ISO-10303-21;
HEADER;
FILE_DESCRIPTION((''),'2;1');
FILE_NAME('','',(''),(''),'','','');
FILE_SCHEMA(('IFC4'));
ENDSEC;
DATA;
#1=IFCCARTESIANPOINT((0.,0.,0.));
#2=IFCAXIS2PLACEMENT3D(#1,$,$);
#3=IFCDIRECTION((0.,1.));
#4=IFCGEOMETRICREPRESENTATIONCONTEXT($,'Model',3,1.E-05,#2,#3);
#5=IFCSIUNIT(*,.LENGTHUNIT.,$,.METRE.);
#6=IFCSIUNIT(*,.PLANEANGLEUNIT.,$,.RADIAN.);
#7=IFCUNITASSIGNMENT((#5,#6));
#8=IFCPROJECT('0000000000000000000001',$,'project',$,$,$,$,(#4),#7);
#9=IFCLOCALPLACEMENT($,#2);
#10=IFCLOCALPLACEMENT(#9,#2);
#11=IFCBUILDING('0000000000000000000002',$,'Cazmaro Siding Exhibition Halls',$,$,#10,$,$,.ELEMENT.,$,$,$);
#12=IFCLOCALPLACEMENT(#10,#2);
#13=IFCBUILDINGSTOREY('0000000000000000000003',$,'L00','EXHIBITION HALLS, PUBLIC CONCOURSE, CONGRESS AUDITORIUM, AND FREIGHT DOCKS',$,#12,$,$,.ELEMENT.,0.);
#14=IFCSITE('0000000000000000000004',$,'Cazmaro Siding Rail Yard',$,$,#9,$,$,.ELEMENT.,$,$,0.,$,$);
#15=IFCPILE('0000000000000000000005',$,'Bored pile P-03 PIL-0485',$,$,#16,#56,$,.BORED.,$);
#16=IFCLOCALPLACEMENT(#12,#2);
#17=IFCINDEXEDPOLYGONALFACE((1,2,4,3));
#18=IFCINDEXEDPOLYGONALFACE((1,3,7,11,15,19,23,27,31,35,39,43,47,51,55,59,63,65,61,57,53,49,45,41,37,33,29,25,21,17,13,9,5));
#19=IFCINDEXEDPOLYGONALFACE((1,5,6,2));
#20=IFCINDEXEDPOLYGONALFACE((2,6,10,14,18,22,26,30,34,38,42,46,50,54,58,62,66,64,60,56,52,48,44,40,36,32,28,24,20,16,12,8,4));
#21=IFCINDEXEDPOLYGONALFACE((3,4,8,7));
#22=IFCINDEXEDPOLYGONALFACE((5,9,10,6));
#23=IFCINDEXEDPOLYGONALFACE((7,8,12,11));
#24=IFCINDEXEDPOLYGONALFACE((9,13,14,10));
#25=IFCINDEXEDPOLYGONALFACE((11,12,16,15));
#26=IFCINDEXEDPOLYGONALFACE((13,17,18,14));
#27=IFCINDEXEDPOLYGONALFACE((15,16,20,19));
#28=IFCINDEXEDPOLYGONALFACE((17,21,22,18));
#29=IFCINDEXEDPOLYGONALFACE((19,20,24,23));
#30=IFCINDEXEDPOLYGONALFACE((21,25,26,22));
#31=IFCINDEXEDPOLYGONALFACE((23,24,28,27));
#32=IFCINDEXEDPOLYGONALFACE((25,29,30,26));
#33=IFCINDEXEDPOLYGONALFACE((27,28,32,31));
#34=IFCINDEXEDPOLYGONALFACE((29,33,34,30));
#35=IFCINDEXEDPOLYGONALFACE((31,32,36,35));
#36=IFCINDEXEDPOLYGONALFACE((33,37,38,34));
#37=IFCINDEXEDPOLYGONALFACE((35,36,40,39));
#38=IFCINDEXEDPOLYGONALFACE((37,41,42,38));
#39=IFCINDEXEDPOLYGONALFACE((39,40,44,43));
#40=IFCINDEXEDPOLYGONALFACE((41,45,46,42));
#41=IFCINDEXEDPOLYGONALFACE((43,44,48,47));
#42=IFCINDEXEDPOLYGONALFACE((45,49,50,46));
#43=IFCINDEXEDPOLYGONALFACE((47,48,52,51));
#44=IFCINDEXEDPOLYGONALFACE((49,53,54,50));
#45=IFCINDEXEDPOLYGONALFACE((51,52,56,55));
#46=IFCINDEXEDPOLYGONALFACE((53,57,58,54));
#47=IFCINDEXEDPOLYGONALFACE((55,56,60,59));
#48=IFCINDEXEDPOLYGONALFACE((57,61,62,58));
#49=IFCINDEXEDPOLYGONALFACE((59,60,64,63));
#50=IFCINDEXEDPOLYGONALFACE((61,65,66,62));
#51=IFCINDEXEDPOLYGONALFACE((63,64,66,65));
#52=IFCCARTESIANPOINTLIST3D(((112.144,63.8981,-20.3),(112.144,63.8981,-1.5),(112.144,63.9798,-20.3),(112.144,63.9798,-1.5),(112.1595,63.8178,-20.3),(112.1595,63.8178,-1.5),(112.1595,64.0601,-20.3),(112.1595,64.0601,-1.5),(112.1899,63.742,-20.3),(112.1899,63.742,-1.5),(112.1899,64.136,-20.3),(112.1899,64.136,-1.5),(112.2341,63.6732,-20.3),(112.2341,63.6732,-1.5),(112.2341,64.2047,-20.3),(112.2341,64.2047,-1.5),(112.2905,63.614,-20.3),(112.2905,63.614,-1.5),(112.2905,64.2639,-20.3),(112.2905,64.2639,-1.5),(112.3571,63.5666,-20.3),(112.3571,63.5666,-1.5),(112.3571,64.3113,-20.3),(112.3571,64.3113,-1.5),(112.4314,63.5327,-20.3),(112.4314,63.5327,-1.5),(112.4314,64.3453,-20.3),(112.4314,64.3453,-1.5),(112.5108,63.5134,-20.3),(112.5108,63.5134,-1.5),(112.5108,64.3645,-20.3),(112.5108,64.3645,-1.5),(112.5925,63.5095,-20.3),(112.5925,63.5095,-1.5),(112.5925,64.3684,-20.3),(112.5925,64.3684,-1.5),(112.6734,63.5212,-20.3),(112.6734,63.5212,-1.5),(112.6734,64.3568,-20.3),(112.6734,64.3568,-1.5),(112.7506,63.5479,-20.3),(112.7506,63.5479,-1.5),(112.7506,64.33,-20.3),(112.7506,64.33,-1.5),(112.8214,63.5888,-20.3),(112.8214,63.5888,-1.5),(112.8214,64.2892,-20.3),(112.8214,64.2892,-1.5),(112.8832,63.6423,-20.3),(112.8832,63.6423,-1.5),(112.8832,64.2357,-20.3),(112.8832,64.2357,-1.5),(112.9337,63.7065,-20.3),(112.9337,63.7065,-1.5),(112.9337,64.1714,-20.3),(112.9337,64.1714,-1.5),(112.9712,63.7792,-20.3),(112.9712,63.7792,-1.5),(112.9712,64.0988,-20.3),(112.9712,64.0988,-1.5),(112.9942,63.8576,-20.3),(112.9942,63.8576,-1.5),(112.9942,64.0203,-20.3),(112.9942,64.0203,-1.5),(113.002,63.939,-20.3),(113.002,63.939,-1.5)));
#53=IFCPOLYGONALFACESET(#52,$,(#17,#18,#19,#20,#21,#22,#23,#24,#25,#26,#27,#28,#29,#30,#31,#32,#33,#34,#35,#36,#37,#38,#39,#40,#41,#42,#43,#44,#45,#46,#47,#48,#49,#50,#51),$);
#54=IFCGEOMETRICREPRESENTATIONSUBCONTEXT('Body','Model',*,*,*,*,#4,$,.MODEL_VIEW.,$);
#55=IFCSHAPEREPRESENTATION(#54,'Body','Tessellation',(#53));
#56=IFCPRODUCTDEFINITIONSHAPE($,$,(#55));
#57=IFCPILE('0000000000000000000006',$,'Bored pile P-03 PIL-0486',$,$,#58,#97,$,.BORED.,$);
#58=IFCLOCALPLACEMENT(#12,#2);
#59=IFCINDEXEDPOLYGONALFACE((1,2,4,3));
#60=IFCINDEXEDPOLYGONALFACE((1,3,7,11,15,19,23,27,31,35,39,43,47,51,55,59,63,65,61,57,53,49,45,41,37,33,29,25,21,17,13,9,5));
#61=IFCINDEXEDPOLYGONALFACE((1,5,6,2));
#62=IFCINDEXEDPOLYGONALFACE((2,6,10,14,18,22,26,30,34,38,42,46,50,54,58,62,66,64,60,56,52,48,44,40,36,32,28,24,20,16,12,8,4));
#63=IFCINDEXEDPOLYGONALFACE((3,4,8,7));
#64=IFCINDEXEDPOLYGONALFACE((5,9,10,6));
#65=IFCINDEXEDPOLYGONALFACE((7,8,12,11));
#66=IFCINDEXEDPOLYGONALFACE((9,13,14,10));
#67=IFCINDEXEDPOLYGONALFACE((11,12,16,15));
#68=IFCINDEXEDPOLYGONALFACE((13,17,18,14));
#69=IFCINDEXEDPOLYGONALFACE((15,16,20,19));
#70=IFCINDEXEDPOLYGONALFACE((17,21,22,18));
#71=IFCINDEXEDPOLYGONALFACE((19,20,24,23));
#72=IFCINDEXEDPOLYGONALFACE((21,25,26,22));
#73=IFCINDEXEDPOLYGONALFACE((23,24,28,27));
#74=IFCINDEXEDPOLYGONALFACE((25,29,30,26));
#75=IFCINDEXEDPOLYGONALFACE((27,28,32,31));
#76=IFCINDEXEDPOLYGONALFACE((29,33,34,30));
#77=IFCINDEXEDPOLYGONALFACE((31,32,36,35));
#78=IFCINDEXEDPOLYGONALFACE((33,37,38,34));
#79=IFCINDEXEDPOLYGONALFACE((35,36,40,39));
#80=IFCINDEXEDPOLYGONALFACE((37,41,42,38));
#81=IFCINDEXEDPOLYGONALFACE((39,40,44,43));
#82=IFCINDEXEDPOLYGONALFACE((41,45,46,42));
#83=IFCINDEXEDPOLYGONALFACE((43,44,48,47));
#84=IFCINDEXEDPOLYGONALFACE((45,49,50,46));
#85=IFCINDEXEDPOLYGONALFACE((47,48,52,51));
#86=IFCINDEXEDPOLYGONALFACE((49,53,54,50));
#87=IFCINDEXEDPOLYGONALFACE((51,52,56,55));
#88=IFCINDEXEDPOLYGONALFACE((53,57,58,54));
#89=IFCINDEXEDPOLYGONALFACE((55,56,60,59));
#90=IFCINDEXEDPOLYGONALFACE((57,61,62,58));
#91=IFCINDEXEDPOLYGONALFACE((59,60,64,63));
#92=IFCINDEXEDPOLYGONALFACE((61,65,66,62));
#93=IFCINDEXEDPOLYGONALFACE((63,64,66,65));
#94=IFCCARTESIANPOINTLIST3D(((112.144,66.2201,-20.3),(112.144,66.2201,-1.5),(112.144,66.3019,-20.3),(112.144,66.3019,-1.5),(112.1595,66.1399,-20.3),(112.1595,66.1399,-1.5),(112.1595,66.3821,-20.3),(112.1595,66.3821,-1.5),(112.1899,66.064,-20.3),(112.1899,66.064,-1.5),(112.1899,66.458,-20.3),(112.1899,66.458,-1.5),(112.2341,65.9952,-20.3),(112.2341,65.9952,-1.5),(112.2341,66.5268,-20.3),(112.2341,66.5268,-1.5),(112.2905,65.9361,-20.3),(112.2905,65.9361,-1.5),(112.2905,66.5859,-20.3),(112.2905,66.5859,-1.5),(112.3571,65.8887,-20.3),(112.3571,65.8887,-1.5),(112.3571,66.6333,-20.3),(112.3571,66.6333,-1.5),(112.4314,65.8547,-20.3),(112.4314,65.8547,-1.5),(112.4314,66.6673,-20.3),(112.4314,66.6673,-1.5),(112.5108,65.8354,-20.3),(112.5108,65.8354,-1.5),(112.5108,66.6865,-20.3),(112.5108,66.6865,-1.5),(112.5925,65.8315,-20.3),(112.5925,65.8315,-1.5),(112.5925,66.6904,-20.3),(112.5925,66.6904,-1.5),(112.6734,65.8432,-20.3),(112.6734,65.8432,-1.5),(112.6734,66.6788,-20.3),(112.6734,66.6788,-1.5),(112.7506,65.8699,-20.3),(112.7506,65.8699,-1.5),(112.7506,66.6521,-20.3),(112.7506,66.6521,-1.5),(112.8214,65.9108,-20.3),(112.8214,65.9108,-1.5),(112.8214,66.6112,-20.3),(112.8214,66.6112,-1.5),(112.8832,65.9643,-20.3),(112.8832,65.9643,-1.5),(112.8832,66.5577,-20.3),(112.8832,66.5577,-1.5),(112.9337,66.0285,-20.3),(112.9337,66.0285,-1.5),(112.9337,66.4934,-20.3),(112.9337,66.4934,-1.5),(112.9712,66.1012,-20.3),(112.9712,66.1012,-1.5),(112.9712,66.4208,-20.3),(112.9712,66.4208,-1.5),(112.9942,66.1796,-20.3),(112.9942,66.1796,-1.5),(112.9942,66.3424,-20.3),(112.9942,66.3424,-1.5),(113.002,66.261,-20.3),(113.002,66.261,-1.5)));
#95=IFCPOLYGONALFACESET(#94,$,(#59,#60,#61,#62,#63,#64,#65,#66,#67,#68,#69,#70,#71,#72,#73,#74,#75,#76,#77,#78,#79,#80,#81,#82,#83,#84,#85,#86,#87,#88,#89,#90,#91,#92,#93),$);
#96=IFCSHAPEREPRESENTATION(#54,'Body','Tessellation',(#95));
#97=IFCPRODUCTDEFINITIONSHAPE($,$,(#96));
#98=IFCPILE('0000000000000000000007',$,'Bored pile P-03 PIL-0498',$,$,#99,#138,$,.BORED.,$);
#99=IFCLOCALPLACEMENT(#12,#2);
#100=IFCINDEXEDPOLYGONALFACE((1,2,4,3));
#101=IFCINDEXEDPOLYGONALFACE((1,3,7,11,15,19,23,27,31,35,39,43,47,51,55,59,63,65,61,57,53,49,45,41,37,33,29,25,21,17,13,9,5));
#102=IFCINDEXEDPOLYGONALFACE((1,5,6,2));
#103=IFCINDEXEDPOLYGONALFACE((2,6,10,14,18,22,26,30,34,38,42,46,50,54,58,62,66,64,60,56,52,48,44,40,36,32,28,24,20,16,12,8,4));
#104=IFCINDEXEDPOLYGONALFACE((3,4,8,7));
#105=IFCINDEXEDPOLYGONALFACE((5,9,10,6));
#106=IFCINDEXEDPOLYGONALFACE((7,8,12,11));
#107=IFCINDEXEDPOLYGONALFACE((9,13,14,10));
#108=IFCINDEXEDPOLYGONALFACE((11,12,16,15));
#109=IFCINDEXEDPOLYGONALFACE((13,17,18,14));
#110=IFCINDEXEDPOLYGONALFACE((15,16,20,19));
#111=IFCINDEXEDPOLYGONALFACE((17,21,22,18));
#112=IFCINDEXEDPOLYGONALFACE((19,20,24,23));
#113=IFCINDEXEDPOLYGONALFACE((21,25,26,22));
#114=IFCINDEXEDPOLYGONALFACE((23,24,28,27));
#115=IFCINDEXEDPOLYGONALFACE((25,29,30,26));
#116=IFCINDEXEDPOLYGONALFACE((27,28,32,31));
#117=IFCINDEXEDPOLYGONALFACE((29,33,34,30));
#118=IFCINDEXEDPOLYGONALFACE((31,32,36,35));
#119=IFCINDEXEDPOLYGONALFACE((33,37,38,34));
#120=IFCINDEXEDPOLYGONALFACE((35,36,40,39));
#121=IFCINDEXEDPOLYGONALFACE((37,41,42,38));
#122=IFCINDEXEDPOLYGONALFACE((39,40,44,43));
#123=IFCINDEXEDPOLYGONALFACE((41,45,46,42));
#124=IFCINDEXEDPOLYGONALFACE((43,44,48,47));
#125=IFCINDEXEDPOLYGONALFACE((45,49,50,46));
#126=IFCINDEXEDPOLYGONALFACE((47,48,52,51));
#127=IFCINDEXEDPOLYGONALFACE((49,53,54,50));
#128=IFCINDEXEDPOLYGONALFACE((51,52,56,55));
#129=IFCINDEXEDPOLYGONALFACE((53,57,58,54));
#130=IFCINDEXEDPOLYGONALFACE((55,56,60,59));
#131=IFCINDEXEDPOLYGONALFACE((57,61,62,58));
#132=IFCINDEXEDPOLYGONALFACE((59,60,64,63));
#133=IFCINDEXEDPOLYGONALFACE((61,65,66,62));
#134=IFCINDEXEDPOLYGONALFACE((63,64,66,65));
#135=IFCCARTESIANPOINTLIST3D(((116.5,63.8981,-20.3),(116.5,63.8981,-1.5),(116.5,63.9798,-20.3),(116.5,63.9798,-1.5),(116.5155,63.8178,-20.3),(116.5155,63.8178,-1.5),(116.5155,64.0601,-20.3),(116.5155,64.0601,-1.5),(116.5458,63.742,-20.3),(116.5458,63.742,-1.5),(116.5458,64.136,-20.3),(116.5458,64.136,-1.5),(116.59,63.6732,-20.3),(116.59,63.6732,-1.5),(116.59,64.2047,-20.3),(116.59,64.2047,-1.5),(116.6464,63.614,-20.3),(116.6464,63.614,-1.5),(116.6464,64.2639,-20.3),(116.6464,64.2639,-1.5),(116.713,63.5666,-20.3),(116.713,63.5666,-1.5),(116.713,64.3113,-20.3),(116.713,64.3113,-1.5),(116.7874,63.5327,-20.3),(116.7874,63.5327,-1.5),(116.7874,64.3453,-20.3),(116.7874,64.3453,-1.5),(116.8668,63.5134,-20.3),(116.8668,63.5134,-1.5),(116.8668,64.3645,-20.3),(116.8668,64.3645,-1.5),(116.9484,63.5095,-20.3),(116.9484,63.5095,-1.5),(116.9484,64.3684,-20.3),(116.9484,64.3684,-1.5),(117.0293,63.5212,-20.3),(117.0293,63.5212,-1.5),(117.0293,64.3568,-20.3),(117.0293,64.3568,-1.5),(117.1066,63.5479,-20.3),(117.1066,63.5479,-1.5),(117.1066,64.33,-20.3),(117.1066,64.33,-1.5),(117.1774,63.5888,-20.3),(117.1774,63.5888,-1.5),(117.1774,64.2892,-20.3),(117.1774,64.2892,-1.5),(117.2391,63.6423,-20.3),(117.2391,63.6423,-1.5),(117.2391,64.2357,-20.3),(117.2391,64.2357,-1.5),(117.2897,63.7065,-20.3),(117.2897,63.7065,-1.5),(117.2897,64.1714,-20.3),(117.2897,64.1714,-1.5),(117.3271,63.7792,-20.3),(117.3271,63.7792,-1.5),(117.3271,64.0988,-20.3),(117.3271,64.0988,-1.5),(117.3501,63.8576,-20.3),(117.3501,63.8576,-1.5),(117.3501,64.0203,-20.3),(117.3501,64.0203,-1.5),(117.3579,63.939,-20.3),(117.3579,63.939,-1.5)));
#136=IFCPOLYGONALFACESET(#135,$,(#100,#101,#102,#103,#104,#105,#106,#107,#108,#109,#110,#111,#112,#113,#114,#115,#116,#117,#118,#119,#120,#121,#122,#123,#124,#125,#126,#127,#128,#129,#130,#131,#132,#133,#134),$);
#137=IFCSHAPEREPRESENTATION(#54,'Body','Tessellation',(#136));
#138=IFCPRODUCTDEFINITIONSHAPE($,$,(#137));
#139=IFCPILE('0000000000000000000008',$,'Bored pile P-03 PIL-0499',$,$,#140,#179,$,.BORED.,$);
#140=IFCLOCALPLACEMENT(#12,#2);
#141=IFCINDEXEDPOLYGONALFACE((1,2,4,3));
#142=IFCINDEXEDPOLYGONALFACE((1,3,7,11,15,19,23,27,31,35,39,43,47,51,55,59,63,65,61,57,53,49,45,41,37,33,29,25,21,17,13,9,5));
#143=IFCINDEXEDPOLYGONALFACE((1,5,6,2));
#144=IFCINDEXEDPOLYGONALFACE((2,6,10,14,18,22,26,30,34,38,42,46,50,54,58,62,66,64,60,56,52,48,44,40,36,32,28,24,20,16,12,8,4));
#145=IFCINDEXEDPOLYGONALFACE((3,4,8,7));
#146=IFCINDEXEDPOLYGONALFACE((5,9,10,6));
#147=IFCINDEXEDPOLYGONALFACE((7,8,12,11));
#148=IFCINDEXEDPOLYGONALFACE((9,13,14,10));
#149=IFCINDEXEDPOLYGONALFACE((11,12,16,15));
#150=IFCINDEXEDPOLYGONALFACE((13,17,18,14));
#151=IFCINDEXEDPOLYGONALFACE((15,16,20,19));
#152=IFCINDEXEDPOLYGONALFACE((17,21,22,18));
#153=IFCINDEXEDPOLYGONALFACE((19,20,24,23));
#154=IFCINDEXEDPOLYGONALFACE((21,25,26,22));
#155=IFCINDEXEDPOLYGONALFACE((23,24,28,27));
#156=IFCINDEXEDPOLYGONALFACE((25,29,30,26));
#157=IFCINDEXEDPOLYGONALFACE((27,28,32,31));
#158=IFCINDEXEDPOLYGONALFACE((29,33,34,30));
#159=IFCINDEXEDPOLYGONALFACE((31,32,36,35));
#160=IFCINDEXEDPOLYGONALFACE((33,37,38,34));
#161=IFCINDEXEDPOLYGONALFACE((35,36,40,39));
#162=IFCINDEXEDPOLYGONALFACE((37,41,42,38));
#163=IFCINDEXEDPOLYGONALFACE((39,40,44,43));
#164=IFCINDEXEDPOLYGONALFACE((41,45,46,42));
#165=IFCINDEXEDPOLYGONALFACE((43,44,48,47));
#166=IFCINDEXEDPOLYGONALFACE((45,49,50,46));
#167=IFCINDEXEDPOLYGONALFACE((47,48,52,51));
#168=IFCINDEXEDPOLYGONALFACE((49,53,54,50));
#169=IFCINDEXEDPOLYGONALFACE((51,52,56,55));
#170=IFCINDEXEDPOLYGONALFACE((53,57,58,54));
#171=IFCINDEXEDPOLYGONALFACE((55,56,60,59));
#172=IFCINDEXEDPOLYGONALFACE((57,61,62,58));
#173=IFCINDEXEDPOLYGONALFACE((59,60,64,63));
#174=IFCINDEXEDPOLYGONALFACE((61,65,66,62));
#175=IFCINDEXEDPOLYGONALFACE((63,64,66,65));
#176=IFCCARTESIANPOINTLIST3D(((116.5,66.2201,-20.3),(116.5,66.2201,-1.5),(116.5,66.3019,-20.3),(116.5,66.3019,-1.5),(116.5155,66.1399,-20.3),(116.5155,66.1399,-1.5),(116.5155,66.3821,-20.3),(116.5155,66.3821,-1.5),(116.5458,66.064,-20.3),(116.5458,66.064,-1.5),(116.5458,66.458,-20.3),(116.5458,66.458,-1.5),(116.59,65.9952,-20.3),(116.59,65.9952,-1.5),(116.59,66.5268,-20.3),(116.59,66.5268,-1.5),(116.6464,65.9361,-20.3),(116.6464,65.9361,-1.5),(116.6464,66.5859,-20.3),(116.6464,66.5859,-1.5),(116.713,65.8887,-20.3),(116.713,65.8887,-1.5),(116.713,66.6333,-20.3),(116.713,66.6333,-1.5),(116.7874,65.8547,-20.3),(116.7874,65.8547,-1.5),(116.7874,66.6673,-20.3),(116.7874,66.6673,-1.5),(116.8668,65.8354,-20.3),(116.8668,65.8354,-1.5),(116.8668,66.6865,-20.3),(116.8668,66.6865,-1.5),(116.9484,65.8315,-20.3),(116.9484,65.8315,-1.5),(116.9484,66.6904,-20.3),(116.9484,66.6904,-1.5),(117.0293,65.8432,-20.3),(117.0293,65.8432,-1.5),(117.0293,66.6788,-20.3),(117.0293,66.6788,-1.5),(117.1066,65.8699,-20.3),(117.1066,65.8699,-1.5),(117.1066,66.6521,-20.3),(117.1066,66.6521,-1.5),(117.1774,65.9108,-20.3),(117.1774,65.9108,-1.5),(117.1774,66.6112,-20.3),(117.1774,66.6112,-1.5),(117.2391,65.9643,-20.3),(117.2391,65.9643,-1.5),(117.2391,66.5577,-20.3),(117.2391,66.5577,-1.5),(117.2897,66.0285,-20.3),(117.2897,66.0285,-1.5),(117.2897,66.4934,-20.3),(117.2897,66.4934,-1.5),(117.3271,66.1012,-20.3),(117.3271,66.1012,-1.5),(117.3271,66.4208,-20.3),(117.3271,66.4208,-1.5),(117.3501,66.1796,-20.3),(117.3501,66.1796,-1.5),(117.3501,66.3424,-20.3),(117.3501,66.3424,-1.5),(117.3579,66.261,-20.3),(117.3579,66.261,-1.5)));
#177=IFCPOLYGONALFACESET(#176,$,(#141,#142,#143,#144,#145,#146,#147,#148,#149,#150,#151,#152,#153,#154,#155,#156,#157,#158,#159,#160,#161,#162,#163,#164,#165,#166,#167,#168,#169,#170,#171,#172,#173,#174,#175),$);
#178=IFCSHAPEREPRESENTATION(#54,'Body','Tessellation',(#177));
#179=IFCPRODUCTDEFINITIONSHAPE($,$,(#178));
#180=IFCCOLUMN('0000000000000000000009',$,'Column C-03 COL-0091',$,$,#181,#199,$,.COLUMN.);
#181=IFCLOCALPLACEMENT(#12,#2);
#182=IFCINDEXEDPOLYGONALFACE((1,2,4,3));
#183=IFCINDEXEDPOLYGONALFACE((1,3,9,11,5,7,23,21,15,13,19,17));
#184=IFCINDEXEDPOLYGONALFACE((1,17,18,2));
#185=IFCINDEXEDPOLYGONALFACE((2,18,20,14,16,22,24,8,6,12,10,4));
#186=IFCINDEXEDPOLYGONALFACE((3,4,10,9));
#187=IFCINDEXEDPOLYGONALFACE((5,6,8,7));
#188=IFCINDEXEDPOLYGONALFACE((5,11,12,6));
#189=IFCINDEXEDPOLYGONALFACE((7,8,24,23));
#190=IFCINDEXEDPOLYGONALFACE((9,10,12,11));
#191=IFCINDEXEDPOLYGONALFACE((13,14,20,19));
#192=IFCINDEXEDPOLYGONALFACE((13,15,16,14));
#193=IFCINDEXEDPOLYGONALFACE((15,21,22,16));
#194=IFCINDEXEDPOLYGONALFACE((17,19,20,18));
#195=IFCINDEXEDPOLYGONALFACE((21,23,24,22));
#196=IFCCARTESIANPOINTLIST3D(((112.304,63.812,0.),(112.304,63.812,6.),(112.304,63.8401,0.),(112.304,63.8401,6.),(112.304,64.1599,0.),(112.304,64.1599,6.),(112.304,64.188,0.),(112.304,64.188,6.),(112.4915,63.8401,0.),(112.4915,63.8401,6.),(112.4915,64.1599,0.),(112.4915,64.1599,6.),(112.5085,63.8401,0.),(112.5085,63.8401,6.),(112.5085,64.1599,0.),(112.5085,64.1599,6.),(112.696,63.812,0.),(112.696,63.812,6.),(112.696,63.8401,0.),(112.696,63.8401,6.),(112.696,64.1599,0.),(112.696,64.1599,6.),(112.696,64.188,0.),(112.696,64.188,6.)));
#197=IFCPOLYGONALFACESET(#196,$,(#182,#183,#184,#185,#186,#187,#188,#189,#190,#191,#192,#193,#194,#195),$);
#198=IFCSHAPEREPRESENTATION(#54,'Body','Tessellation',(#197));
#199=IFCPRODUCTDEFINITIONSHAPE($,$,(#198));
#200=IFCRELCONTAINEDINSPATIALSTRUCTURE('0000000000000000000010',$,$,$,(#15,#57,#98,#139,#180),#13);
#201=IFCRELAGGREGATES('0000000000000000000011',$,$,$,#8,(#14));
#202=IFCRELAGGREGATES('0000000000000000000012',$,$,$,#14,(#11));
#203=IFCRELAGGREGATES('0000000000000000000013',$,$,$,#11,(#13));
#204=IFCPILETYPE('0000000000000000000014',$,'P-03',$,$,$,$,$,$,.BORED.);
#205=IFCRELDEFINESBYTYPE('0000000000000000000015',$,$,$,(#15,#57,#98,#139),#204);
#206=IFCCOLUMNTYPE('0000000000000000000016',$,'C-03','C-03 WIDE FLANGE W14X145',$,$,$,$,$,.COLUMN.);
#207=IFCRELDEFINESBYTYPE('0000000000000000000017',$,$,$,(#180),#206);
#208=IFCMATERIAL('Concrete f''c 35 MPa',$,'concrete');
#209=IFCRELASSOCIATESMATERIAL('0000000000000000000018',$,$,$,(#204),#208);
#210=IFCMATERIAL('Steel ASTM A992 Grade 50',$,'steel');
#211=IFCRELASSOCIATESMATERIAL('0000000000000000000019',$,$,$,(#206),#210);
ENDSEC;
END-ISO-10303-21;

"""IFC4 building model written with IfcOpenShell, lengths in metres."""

from ifc_helpers import new_model, si_unit, direction, frame, origin, origin_2d, place, context, subcontext, project, spatial, circle, i_section, extrude, material, material_profile, profile_set, type_object, element, save


model = new_model("IFC4")

# Units and contexts
model_context = context("Model", 3, precision=1e-05, world=origin(), true_north=direction((0.0, 1.0)))
body_context = subcontext(model_context, "Body", "Model", "MODEL_VIEW")
ifc_project = project(units=[si_unit("LENGTHUNIT", "METRE"), si_unit("PLANEANGLEUNIT", "RADIAN")], contexts=[model_context])

# Site, building, storey
site_placement = place(None, origin())
site = spatial("IfcSite", under=ifc_project, at=site_placement, Name="Cazmaro Siding Rail Yard", CompositionType="ELEMENT", RefElevation=0.0)
building_placement = place(site_placement, origin())
building = spatial("IfcBuilding", under=site, at=building_placement, Name="Cazmaro Siding Exhibition Halls", CompositionType="ELEMENT")
storey_placement = place(building_placement, origin())
storey = spatial("IfcBuildingStorey", under=building, at=storey_placement, Name="L00", Description="EXHIBITION HALLS, PUBLIC CONCOURSE, CONGRESS AUDITORIUM, AND FREIGHT DOCKS", CompositionType="ELEMENT", Elevation=0.0)

# Piles
ifc_material_1 = material(Name="Concrete f'c 35 MPa", Category="concrete")
ifc_material_profile_1 = material_profile(ifc_material_1, circle(Radius=0.4299, at=origin_2d()), Name="CIDH-860")
ifc_profile_set_1 = profile_set([ifc_material_profile_1], Name="Concrete f'c 35 MPa")
pile_type = type_object("IfcPileType", Name="P-03", PredefinedType="BORED", material=ifc_profile_set_1)
for number, where, z_axis, x_axis, name in (
    (1, (112.572, 63.939, -1.5), (0.0, 0.0, -1.0), (1.0, 0.0, 0.0), "Bored pile P-03 PIL-0485"),
    (2, (112.572, 66.261, -1.5), (0.0, 0.0, -1.0), (1.0, 0.0, 0.0), "Bored pile P-03 PIL-0486"),
    (3, (116.928, 63.939, -1.5), (0.0, 0.0, -1.0), (1.0, 0.0, 0.0), "Bored pile P-03 PIL-0498"),
    (4, (116.928, 66.261, -1.5), (0.0, 0.0, -1.0), (1.0, 0.0, 0.0), "Bored pile P-03 PIL-0499"),
):
    element("IfcPile", number, at=place(storey_placement, frame(where, z_axis=z_axis, x_axis=x_axis)), inside=storey, type_object=pile_type, Name=name, PredefinedType="BORED", context=body_context, shape_type="SweptSolid", body=[
        extrude(circle(Radius=0.4299, at=origin_2d()), origin(), (0.0, 0.0, 1.0), 18.8),
    ])

# Column
ifc_material_2 = material(Name="Steel ASTM A992 Grade 50", Category="steel")
ifc_material_profile_2 = material_profile(ifc_material_2, i_section(OverallWidth=0.3921, OverallDepth=0.376, WebThickness=0.0171, FlangeThickness=0.0281, at=origin_2d()), Name="W14X145")
ifc_profile_set_2 = profile_set([ifc_material_profile_2], Name="Steel ASTM A992 Grade 50")
column_type = type_object("IfcColumnType", Name="C-03", Description="C-03 WIDE FLANGE W14X145", PredefinedType="COLUMN", material=ifc_profile_set_2)
column_placement = place(storey_placement, frame((112.5, 64.0, 0.0), z_axis=(0.0, 0.0, 1.0), x_axis=(1.0, 0.0, 0.0)))
element("IfcColumn", 5, at=column_placement, inside=storey, type_object=column_type, Name="Column C-03 COL-0091", PredefinedType="COLUMN", context=body_context, shape_type="SweptSolid", body=[
    extrude(i_section(OverallWidth=0.3921, OverallDepth=0.376, WebThickness=0.0171, FlangeThickness=0.0281, at=origin_2d()), origin(), (0.0, 0.0, 1.0), 6.0),
])

save(model, "model.ifc")
